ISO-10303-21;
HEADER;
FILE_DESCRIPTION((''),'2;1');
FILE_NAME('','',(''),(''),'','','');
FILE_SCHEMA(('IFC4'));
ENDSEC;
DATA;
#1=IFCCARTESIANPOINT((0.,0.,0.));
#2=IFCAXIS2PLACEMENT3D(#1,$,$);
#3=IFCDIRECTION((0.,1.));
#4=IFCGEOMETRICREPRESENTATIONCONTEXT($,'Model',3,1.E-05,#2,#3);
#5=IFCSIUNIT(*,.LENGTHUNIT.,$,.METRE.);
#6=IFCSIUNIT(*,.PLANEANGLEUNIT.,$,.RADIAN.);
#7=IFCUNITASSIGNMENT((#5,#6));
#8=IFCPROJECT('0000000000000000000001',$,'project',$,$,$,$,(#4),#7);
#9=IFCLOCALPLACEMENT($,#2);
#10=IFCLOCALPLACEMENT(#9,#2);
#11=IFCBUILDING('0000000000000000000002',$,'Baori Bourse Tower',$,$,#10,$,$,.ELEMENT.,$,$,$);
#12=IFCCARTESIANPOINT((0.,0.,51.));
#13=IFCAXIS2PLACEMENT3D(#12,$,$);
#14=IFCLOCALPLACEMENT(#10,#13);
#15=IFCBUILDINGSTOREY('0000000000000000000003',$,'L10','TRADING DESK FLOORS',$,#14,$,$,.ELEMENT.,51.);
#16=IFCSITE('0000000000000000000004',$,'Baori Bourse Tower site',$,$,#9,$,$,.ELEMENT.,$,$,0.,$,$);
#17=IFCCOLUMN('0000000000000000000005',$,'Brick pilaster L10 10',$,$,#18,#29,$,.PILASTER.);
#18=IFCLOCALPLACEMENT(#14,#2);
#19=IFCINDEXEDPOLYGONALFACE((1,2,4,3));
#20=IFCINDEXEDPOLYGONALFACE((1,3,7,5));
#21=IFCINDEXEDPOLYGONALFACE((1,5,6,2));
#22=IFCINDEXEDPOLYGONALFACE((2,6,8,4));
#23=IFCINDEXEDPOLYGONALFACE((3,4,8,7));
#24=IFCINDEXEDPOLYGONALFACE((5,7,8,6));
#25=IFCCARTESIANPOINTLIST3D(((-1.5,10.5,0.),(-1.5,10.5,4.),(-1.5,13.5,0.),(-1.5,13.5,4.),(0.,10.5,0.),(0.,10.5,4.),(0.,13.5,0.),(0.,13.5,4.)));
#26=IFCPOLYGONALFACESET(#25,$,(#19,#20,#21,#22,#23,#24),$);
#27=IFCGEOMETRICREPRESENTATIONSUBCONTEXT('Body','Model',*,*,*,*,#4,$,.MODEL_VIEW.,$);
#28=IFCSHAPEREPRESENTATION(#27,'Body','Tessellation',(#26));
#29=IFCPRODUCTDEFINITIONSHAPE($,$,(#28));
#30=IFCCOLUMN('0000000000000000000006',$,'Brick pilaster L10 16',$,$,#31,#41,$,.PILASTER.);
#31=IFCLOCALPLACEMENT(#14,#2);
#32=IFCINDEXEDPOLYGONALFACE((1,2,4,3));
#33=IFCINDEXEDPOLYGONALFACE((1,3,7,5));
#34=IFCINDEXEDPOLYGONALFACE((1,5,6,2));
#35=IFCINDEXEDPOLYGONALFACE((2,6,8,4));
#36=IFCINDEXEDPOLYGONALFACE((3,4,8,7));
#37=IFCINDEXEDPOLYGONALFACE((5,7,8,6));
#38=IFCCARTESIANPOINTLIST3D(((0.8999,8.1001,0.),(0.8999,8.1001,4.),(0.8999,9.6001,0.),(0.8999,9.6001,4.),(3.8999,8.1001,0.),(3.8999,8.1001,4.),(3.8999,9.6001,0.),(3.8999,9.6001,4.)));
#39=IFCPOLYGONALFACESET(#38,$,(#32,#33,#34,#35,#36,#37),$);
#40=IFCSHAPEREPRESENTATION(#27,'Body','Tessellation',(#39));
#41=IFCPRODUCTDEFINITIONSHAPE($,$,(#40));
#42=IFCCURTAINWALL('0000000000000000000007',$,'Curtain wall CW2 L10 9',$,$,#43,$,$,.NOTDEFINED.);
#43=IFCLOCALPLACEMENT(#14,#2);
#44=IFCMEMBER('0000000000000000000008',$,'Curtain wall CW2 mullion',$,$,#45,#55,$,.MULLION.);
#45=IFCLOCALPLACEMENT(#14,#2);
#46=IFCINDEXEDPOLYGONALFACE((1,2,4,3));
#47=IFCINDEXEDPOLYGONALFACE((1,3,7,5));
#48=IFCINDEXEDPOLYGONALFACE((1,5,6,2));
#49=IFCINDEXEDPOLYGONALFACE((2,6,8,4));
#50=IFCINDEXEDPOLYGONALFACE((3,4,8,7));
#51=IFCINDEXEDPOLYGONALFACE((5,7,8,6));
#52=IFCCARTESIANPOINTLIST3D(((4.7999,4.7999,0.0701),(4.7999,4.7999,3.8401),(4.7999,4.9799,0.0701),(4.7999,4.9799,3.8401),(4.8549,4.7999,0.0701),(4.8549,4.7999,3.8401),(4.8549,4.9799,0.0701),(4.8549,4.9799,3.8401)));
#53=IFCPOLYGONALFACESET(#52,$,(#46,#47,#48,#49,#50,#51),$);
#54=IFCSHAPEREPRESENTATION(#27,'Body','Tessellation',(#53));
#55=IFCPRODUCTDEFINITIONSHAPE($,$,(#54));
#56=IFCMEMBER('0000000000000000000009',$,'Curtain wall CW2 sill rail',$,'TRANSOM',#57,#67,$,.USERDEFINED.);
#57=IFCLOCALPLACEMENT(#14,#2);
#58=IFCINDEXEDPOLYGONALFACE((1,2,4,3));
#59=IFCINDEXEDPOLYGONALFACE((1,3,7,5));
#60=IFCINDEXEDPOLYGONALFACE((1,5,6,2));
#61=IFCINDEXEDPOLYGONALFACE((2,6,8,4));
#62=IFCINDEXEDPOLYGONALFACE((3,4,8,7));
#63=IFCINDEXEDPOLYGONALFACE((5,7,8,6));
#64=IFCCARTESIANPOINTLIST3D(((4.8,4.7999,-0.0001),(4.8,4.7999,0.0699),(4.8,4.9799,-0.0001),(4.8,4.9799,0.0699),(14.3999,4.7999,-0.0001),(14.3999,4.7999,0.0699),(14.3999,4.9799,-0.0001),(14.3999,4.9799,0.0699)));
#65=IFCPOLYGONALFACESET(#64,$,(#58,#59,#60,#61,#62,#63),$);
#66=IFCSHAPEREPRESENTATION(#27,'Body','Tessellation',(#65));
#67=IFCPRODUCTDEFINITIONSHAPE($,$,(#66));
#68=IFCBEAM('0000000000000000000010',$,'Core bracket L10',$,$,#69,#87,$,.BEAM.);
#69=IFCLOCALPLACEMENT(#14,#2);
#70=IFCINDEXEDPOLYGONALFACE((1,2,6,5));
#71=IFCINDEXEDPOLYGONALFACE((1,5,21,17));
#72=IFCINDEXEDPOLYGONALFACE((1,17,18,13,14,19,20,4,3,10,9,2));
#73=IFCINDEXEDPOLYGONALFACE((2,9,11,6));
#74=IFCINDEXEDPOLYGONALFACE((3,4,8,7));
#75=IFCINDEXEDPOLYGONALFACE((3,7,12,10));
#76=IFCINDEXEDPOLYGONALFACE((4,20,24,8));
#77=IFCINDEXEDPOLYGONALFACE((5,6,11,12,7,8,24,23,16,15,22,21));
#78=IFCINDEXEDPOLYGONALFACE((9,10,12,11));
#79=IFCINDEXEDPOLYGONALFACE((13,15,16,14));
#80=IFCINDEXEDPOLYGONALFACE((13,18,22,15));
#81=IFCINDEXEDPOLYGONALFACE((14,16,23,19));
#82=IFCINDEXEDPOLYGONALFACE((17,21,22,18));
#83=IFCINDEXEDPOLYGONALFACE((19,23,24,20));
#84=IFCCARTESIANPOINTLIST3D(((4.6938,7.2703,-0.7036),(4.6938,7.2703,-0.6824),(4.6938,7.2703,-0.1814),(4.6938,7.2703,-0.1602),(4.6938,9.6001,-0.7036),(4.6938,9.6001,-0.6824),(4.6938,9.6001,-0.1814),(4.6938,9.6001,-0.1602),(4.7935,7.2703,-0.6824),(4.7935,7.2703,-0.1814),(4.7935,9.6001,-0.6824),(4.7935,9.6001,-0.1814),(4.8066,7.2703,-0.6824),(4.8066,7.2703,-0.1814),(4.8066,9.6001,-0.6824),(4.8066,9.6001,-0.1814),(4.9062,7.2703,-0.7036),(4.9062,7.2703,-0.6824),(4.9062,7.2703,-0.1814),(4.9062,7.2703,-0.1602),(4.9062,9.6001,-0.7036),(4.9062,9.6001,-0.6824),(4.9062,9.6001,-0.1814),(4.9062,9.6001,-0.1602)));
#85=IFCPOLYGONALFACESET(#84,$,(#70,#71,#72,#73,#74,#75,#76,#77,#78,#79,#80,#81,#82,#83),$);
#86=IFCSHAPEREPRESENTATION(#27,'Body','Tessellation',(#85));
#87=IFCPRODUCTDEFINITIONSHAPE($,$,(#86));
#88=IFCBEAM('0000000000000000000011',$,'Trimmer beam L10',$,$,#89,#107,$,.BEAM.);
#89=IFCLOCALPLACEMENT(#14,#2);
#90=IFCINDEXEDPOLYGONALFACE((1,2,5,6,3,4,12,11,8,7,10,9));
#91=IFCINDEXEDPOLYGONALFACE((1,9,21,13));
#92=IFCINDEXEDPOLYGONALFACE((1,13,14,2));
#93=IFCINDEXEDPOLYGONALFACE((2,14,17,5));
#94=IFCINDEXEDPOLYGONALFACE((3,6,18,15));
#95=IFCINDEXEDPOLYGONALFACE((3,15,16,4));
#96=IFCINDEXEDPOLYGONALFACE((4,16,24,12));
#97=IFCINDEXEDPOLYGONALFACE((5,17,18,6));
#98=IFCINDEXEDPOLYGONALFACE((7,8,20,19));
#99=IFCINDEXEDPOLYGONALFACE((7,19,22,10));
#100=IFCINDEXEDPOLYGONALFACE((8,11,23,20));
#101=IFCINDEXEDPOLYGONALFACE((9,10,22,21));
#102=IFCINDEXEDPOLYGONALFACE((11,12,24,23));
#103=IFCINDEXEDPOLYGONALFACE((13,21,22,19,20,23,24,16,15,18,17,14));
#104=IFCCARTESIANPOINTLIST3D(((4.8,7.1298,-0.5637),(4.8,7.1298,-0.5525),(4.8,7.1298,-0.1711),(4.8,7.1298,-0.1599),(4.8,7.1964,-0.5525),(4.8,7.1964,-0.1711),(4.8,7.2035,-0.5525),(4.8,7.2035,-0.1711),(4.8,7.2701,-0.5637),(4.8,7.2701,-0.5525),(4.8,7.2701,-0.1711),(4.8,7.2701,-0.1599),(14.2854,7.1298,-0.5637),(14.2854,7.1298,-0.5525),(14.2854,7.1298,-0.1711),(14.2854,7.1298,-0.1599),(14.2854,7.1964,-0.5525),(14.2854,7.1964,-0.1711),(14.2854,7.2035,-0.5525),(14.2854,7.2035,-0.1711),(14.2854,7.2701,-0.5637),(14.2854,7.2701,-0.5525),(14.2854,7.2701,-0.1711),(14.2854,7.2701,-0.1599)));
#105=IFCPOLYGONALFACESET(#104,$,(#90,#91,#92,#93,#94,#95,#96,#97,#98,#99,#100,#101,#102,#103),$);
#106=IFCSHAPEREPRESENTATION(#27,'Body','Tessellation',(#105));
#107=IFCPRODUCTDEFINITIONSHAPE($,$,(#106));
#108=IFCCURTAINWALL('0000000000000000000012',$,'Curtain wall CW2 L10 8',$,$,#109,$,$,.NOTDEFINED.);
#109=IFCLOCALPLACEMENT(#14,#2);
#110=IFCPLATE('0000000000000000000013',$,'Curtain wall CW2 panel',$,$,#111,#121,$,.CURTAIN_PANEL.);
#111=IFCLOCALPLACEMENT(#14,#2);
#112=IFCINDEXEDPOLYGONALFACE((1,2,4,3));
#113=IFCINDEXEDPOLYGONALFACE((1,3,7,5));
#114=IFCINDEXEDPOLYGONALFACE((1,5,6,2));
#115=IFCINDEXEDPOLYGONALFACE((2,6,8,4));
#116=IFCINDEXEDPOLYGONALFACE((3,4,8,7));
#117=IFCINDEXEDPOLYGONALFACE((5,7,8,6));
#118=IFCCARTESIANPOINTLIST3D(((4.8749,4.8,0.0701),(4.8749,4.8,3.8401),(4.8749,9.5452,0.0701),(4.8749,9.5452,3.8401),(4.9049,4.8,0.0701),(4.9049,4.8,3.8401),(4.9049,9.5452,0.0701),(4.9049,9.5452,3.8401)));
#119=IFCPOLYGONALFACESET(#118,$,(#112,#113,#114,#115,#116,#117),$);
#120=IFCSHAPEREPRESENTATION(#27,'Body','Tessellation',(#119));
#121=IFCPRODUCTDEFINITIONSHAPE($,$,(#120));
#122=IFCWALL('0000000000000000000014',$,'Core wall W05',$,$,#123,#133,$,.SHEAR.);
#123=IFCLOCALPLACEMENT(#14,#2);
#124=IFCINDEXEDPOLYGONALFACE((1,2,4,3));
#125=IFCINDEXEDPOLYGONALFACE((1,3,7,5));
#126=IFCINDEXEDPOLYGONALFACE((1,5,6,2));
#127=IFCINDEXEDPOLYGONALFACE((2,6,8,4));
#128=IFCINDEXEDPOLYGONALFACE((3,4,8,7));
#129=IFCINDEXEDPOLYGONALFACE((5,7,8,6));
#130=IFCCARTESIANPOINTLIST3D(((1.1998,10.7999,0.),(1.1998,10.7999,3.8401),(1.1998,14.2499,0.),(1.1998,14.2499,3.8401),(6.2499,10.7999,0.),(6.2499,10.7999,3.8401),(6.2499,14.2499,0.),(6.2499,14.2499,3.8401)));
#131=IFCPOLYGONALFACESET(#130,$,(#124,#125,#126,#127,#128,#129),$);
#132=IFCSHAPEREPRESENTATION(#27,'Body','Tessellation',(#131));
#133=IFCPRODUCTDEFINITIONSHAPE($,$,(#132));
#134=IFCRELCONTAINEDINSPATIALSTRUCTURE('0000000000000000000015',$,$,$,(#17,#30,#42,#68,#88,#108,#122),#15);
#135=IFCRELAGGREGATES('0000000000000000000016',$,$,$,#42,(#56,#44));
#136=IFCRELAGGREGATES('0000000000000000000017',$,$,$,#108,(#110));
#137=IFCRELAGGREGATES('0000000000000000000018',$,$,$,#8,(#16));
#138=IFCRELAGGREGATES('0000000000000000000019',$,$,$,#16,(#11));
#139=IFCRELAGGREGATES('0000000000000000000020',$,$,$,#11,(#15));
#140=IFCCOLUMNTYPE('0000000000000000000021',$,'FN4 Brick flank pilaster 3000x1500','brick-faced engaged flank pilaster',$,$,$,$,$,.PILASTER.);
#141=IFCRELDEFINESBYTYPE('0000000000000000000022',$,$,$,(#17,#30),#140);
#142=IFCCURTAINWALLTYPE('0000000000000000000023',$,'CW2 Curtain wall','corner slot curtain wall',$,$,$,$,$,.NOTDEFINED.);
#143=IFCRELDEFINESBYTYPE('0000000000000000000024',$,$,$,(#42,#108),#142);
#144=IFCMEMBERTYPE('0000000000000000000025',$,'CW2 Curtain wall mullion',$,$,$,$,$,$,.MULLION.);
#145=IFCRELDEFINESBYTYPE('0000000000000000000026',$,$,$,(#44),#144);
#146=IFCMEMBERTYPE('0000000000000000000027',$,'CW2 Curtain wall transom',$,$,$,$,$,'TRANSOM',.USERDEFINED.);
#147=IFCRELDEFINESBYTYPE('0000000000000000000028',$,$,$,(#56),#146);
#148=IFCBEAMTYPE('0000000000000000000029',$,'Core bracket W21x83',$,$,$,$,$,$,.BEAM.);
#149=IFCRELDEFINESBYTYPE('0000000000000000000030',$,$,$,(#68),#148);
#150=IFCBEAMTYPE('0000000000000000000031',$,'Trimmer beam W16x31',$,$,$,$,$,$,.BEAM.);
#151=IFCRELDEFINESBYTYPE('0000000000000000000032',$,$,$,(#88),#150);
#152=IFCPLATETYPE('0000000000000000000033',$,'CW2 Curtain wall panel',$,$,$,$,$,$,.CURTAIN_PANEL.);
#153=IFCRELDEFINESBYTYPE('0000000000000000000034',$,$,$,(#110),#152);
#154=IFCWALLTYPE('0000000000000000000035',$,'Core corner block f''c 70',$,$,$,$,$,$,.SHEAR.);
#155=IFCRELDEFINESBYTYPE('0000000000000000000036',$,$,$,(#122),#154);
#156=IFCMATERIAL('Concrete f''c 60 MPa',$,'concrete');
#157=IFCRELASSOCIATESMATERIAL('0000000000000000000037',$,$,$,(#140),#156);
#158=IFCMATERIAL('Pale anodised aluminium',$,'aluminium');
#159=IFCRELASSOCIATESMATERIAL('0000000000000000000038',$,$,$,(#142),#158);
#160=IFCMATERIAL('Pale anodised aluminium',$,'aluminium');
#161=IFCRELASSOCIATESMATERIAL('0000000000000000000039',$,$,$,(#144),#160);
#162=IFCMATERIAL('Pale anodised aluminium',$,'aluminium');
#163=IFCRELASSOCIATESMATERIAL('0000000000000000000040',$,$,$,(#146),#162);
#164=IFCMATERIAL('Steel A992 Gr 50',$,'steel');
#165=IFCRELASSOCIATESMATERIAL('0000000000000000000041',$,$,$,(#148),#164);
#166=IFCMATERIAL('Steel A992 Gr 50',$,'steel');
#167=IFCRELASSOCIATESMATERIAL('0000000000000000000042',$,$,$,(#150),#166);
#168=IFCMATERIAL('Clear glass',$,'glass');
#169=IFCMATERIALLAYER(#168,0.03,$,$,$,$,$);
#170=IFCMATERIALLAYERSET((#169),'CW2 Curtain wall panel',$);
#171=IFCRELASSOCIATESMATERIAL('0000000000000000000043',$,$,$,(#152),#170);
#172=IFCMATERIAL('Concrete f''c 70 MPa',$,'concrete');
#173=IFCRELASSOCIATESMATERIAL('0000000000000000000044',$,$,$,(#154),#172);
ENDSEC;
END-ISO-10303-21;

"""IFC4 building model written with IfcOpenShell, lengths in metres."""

from ifc_helpers import new_model, si_unit, direction, frame, frame_2d, origin, origin_2d, place, context, subcontext, project, spatial, rectangle, i_section, extrude, material, layer, layer_set, material_profile, profile_set, type_object, element, aggregate, save


model = new_model("IFC4")

# Units and contexts
model_context = context("Model", 3, precision=1e-05, world=origin(), true_north=direction((0.0, 1.0)))
body_context = subcontext(model_context, "Body", "Model", "MODEL_VIEW")
ifc_project = project(units=[si_unit("LENGTHUNIT", "METRE"), si_unit("PLANEANGLEUNIT", "RADIAN")], contexts=[model_context])

# Site, building, storey
site_placement = place(None, origin())
site = spatial("IfcSite", under=ifc_project, at=site_placement, Name="Baori Bourse Tower site", CompositionType="ELEMENT", RefElevation=0.0)
building_placement = place(site_placement, origin())
building = spatial("IfcBuilding", under=site, at=building_placement, Name="Baori Bourse Tower", CompositionType="ELEMENT")
storey_placement = place(building_placement, frame((0.0, 0.0, 51.0)))
storey = spatial("IfcBuildingStorey", under=building, at=storey_placement, Name="L10", Description="TRADING DESK FLOORS", CompositionType="ELEMENT", Elevation=51.0)

# Columns
ifc_material_1 = material(Name="Concrete f'c 60 MPa", Category="concrete")
ifc_material_profile_1 = material_profile(ifc_material_1, rectangle(XDim=3.0, YDim=1.5, at=origin_2d()), Name="RC 3000x1500")
ifc_profile_set_1 = profile_set([ifc_material_profile_1], Name="Concrete f'c 60 MPa")
column_type = type_object("IfcColumnType", Name="FN4 Brick flank pilaster 3000x1500", Description="brick-faced engaged flank pilaster", PredefinedType="PILASTER", material=ifc_profile_set_1)
for number, where, z_axis, x_axis, name in (
    (1, (-0.75, 12.0, 0.0), (0.0, 0.0, 1.0), (0.0, 1.0, 0.0), "Brick pilaster L10 10"),
    (2, (2.3999, 8.8501, 0.0), (0.0, 0.0, 1.0), (1.0, 0.0, 0.0), "Brick pilaster L10 16"),
):
    element("IfcColumn", number, at=place(storey_placement, frame(where, z_axis=z_axis, x_axis=x_axis)), inside=storey, type_object=column_type, Name=name, PredefinedType="PILASTER", context=body_context, shape_type="SweptSolid", body=[
        extrude(rectangle(XDim=3.0, YDim=1.5, at=origin_2d()), origin(), (0.0, 0.0, 1.0), 4.0),
    ])

# Curtain wall, members
ifc_material_2 = material(Name="Pale anodised aluminium", Category="aluminium")
curtain_wall_type = type_object("IfcCurtainWallType", Name="CW2 Curtain wall", Description="corner slot curtain wall", PredefinedType="NOTDEFINED", material=ifc_material_2)
curtain_wall_1_placement = place(storey_placement, origin())
curtain_wall_1 = element("IfcCurtainWall", 3, at=curtain_wall_1_placement, inside=storey, type_object=curtain_wall_type, Name="Curtain wall CW2 L10 9", PredefinedType="NOTDEFINED")
ifc_material_3 = material(Name="Pale anodised aluminium", Category="aluminium")
ifc_material_profile_2 = material_profile(ifc_material_3, rectangle(XDim=0.1799, YDim=0.0549, at=origin_2d()), Name="Mullion 55x180")
ifc_profile_set_2 = profile_set([ifc_material_profile_2], Name="Pale anodised aluminium")
member_type_1 = type_object("IfcMemberType", Name="CW2 Curtain wall mullion", PredefinedType="MULLION", material=ifc_profile_set_2)
member_1_placement = place(storey_placement, frame((4.8274, 4.8899, 0.0701), z_axis=(0.0, 0.0, 1.0), x_axis=(0.0, 1.0, 0.0)))
member_1 = element("IfcMember", 4, at=member_1_placement, type_object=member_type_1, Name="Curtain wall CW2 mullion", PredefinedType="MULLION", context=body_context, shape_type="SweptSolid", body=[
    extrude(rectangle(XDim=0.1799, YDim=0.0549, at=origin_2d()), origin(), (0.0, 0.0, 1.0), 3.77),
])
ifc_material_4 = material(Name="Pale anodised aluminium", Category="aluminium")
ifc_material_profile_3 = material_profile(ifc_material_4, rectangle(XDim=0.1799, YDim=0.0701, at=origin_2d()), Name="Transom 70x180")
ifc_profile_set_3 = profile_set([ifc_material_profile_3], Name="Pale anodised aluminium")
member_type_2 = type_object("IfcMemberType", Name="CW2 Curtain wall transom", ElementType="TRANSOM", PredefinedType="USERDEFINED", material=ifc_profile_set_3)
member_2_placement = place(storey_placement, frame((4.8, 4.8899, 0.0349), z_axis=(1.0, 0.0, 0.0), x_axis=(0.0, 1.0, 0.0)))
member_2 = element("IfcMember", 5, at=member_2_placement, type_object=member_type_2, Name="Curtain wall CW2 sill rail", ObjectType="TRANSOM", PredefinedType="USERDEFINED", context=body_context, shape_type="SweptSolid", body=[
    extrude(rectangle(XDim=0.1799, YDim=0.0701, at=origin_2d()), origin(), (0.0, 0.0, 1.0), 9.5999),
])
aggregate(curtain_wall_1, [member_2, member_1])

# Beams
ifc_material_5 = material(Name="Steel A992 Gr 50", Category="steel")
ifc_material_profile_4 = material_profile(ifc_material_5, i_section(OverallWidth=0.2124, OverallDepth=0.5435, WebThickness=0.0132, FlangeThickness=0.0212, at=origin_2d()), Name="W21x83")
ifc_profile_set_4 = profile_set([ifc_material_profile_4], Name="Steel A992 Gr 50")
beam_type_1 = type_object("IfcBeamType", Name="Core bracket W21x83", PredefinedType="BEAM", material=ifc_profile_set_4)
beam_1_placement = place(storey_placement, frame((4.8, 7.2703, -0.4319), z_axis=(0.0, 1.0, 0.0), x_axis=(-1.0, 0.0, 0.0)))
element("IfcBeam", 6, at=beam_1_placement, inside=storey, type_object=beam_type_1, Name="Core bracket L10", PredefinedType="BEAM", context=body_context, shape_type="SweptSolid", body=[
    extrude(i_section(OverallWidth=0.2124, OverallDepth=0.5435, WebThickness=0.0132, FlangeThickness=0.0212, at=origin_2d()), origin(), (0.0, 0.0, 1.0), 2.3298),
])
ifc_material_6 = material(Name="Steel A992 Gr 50", Category="steel")
ifc_material_profile_5 = material_profile(ifc_material_6, i_section(OverallWidth=0.1404, OverallDepth=0.4038, WebThickness=0.0071, FlangeThickness=0.0112, at=origin_2d()), Name="W16x31")
ifc_profile_set_5 = profile_set([ifc_material_profile_5], Name="Steel A992 Gr 50")
beam_type_2 = type_object("IfcBeamType", Name="Trimmer beam W16x31", PredefinedType="BEAM", material=ifc_profile_set_5)
beam_2_placement = place(storey_placement, frame((4.8, 7.2, -0.3618), z_axis=(1.0, 0.0, 0.0), x_axis=(0.0, 1.0, 0.0)))
element("IfcBeam", 7, at=beam_2_placement, inside=storey, type_object=beam_type_2, Name="Trimmer beam L10", PredefinedType="BEAM", context=body_context, shape_type="SweptSolid", body=[
    extrude(i_section(OverallWidth=0.1404, OverallDepth=0.4038, WebThickness=0.0071, FlangeThickness=0.0112, at=origin_2d()), origin(), (0.0, 0.0, 1.0), 9.4854),
])

# Curtain wall, plate
curtain_wall_2_placement = place(storey_placement, origin())
curtain_wall_2 = element("IfcCurtainWall", 8, at=curtain_wall_2_placement, inside=storey, type_object=curtain_wall_type, Name="Curtain wall CW2 L10 8", PredefinedType="NOTDEFINED")
ifc_material_7 = material(Name="Clear glass", Category="glass")
ifc_layer_1 = layer(ifc_material_7, 0.03)
ifc_layer_set_1 = layer_set([ifc_layer_1], Name="CW2 Curtain wall panel")
plate_type = type_object("IfcPlateType", Name="CW2 Curtain wall panel", PredefinedType="CURTAIN_PANEL", material=ifc_layer_set_1)
plate_placement = place(storey_placement, frame((4.8899, 7.1726, 0.0701), z_axis=(0.0, 0.0, 1.0), x_axis=(0.0, -1.0, 0.0)))
plate = element("IfcPlate", 9, at=plate_placement, type_object=plate_type, Name="Curtain wall CW2 panel", PredefinedType="CURTAIN_PANEL", context=body_context, shape_type="SweptSolid", body=[
    extrude(rectangle(XDim=4.7451, YDim=0.03, at=origin_2d()), origin(), (0.0, 0.0, 1.0), 3.77),
])
aggregate(curtain_wall_2, [plate])

# Wall
ifc_material_8 = material(Name="Concrete f'c 70 MPa", Category="concrete")
wall_type_1 = type_object("IfcWallType", Name="Core corner block f'c 70", PredefinedType="SHEAR", material=ifc_material_8)
wall_1_placement = place(storey_placement, frame((1.2, 12.5249, 0.0), z_axis=(0.0, 0.0, 1.0), x_axis=(1.0, 0.0, 0.0)))
element("IfcWall", 10, at=wall_1_placement, inside=storey, type_object=wall_type_1, Name="Core wall W05", PredefinedType="SHEAR", context=body_context, shape_type="SweptSolid", body=[
    extrude(rectangle(XDim=5.05, YDim=3.45, at=frame_2d((2.5249, 0.0))), origin(), (0.0, 0.0, 1.0), 3.8401),
])

save(model, "model.ifc")
